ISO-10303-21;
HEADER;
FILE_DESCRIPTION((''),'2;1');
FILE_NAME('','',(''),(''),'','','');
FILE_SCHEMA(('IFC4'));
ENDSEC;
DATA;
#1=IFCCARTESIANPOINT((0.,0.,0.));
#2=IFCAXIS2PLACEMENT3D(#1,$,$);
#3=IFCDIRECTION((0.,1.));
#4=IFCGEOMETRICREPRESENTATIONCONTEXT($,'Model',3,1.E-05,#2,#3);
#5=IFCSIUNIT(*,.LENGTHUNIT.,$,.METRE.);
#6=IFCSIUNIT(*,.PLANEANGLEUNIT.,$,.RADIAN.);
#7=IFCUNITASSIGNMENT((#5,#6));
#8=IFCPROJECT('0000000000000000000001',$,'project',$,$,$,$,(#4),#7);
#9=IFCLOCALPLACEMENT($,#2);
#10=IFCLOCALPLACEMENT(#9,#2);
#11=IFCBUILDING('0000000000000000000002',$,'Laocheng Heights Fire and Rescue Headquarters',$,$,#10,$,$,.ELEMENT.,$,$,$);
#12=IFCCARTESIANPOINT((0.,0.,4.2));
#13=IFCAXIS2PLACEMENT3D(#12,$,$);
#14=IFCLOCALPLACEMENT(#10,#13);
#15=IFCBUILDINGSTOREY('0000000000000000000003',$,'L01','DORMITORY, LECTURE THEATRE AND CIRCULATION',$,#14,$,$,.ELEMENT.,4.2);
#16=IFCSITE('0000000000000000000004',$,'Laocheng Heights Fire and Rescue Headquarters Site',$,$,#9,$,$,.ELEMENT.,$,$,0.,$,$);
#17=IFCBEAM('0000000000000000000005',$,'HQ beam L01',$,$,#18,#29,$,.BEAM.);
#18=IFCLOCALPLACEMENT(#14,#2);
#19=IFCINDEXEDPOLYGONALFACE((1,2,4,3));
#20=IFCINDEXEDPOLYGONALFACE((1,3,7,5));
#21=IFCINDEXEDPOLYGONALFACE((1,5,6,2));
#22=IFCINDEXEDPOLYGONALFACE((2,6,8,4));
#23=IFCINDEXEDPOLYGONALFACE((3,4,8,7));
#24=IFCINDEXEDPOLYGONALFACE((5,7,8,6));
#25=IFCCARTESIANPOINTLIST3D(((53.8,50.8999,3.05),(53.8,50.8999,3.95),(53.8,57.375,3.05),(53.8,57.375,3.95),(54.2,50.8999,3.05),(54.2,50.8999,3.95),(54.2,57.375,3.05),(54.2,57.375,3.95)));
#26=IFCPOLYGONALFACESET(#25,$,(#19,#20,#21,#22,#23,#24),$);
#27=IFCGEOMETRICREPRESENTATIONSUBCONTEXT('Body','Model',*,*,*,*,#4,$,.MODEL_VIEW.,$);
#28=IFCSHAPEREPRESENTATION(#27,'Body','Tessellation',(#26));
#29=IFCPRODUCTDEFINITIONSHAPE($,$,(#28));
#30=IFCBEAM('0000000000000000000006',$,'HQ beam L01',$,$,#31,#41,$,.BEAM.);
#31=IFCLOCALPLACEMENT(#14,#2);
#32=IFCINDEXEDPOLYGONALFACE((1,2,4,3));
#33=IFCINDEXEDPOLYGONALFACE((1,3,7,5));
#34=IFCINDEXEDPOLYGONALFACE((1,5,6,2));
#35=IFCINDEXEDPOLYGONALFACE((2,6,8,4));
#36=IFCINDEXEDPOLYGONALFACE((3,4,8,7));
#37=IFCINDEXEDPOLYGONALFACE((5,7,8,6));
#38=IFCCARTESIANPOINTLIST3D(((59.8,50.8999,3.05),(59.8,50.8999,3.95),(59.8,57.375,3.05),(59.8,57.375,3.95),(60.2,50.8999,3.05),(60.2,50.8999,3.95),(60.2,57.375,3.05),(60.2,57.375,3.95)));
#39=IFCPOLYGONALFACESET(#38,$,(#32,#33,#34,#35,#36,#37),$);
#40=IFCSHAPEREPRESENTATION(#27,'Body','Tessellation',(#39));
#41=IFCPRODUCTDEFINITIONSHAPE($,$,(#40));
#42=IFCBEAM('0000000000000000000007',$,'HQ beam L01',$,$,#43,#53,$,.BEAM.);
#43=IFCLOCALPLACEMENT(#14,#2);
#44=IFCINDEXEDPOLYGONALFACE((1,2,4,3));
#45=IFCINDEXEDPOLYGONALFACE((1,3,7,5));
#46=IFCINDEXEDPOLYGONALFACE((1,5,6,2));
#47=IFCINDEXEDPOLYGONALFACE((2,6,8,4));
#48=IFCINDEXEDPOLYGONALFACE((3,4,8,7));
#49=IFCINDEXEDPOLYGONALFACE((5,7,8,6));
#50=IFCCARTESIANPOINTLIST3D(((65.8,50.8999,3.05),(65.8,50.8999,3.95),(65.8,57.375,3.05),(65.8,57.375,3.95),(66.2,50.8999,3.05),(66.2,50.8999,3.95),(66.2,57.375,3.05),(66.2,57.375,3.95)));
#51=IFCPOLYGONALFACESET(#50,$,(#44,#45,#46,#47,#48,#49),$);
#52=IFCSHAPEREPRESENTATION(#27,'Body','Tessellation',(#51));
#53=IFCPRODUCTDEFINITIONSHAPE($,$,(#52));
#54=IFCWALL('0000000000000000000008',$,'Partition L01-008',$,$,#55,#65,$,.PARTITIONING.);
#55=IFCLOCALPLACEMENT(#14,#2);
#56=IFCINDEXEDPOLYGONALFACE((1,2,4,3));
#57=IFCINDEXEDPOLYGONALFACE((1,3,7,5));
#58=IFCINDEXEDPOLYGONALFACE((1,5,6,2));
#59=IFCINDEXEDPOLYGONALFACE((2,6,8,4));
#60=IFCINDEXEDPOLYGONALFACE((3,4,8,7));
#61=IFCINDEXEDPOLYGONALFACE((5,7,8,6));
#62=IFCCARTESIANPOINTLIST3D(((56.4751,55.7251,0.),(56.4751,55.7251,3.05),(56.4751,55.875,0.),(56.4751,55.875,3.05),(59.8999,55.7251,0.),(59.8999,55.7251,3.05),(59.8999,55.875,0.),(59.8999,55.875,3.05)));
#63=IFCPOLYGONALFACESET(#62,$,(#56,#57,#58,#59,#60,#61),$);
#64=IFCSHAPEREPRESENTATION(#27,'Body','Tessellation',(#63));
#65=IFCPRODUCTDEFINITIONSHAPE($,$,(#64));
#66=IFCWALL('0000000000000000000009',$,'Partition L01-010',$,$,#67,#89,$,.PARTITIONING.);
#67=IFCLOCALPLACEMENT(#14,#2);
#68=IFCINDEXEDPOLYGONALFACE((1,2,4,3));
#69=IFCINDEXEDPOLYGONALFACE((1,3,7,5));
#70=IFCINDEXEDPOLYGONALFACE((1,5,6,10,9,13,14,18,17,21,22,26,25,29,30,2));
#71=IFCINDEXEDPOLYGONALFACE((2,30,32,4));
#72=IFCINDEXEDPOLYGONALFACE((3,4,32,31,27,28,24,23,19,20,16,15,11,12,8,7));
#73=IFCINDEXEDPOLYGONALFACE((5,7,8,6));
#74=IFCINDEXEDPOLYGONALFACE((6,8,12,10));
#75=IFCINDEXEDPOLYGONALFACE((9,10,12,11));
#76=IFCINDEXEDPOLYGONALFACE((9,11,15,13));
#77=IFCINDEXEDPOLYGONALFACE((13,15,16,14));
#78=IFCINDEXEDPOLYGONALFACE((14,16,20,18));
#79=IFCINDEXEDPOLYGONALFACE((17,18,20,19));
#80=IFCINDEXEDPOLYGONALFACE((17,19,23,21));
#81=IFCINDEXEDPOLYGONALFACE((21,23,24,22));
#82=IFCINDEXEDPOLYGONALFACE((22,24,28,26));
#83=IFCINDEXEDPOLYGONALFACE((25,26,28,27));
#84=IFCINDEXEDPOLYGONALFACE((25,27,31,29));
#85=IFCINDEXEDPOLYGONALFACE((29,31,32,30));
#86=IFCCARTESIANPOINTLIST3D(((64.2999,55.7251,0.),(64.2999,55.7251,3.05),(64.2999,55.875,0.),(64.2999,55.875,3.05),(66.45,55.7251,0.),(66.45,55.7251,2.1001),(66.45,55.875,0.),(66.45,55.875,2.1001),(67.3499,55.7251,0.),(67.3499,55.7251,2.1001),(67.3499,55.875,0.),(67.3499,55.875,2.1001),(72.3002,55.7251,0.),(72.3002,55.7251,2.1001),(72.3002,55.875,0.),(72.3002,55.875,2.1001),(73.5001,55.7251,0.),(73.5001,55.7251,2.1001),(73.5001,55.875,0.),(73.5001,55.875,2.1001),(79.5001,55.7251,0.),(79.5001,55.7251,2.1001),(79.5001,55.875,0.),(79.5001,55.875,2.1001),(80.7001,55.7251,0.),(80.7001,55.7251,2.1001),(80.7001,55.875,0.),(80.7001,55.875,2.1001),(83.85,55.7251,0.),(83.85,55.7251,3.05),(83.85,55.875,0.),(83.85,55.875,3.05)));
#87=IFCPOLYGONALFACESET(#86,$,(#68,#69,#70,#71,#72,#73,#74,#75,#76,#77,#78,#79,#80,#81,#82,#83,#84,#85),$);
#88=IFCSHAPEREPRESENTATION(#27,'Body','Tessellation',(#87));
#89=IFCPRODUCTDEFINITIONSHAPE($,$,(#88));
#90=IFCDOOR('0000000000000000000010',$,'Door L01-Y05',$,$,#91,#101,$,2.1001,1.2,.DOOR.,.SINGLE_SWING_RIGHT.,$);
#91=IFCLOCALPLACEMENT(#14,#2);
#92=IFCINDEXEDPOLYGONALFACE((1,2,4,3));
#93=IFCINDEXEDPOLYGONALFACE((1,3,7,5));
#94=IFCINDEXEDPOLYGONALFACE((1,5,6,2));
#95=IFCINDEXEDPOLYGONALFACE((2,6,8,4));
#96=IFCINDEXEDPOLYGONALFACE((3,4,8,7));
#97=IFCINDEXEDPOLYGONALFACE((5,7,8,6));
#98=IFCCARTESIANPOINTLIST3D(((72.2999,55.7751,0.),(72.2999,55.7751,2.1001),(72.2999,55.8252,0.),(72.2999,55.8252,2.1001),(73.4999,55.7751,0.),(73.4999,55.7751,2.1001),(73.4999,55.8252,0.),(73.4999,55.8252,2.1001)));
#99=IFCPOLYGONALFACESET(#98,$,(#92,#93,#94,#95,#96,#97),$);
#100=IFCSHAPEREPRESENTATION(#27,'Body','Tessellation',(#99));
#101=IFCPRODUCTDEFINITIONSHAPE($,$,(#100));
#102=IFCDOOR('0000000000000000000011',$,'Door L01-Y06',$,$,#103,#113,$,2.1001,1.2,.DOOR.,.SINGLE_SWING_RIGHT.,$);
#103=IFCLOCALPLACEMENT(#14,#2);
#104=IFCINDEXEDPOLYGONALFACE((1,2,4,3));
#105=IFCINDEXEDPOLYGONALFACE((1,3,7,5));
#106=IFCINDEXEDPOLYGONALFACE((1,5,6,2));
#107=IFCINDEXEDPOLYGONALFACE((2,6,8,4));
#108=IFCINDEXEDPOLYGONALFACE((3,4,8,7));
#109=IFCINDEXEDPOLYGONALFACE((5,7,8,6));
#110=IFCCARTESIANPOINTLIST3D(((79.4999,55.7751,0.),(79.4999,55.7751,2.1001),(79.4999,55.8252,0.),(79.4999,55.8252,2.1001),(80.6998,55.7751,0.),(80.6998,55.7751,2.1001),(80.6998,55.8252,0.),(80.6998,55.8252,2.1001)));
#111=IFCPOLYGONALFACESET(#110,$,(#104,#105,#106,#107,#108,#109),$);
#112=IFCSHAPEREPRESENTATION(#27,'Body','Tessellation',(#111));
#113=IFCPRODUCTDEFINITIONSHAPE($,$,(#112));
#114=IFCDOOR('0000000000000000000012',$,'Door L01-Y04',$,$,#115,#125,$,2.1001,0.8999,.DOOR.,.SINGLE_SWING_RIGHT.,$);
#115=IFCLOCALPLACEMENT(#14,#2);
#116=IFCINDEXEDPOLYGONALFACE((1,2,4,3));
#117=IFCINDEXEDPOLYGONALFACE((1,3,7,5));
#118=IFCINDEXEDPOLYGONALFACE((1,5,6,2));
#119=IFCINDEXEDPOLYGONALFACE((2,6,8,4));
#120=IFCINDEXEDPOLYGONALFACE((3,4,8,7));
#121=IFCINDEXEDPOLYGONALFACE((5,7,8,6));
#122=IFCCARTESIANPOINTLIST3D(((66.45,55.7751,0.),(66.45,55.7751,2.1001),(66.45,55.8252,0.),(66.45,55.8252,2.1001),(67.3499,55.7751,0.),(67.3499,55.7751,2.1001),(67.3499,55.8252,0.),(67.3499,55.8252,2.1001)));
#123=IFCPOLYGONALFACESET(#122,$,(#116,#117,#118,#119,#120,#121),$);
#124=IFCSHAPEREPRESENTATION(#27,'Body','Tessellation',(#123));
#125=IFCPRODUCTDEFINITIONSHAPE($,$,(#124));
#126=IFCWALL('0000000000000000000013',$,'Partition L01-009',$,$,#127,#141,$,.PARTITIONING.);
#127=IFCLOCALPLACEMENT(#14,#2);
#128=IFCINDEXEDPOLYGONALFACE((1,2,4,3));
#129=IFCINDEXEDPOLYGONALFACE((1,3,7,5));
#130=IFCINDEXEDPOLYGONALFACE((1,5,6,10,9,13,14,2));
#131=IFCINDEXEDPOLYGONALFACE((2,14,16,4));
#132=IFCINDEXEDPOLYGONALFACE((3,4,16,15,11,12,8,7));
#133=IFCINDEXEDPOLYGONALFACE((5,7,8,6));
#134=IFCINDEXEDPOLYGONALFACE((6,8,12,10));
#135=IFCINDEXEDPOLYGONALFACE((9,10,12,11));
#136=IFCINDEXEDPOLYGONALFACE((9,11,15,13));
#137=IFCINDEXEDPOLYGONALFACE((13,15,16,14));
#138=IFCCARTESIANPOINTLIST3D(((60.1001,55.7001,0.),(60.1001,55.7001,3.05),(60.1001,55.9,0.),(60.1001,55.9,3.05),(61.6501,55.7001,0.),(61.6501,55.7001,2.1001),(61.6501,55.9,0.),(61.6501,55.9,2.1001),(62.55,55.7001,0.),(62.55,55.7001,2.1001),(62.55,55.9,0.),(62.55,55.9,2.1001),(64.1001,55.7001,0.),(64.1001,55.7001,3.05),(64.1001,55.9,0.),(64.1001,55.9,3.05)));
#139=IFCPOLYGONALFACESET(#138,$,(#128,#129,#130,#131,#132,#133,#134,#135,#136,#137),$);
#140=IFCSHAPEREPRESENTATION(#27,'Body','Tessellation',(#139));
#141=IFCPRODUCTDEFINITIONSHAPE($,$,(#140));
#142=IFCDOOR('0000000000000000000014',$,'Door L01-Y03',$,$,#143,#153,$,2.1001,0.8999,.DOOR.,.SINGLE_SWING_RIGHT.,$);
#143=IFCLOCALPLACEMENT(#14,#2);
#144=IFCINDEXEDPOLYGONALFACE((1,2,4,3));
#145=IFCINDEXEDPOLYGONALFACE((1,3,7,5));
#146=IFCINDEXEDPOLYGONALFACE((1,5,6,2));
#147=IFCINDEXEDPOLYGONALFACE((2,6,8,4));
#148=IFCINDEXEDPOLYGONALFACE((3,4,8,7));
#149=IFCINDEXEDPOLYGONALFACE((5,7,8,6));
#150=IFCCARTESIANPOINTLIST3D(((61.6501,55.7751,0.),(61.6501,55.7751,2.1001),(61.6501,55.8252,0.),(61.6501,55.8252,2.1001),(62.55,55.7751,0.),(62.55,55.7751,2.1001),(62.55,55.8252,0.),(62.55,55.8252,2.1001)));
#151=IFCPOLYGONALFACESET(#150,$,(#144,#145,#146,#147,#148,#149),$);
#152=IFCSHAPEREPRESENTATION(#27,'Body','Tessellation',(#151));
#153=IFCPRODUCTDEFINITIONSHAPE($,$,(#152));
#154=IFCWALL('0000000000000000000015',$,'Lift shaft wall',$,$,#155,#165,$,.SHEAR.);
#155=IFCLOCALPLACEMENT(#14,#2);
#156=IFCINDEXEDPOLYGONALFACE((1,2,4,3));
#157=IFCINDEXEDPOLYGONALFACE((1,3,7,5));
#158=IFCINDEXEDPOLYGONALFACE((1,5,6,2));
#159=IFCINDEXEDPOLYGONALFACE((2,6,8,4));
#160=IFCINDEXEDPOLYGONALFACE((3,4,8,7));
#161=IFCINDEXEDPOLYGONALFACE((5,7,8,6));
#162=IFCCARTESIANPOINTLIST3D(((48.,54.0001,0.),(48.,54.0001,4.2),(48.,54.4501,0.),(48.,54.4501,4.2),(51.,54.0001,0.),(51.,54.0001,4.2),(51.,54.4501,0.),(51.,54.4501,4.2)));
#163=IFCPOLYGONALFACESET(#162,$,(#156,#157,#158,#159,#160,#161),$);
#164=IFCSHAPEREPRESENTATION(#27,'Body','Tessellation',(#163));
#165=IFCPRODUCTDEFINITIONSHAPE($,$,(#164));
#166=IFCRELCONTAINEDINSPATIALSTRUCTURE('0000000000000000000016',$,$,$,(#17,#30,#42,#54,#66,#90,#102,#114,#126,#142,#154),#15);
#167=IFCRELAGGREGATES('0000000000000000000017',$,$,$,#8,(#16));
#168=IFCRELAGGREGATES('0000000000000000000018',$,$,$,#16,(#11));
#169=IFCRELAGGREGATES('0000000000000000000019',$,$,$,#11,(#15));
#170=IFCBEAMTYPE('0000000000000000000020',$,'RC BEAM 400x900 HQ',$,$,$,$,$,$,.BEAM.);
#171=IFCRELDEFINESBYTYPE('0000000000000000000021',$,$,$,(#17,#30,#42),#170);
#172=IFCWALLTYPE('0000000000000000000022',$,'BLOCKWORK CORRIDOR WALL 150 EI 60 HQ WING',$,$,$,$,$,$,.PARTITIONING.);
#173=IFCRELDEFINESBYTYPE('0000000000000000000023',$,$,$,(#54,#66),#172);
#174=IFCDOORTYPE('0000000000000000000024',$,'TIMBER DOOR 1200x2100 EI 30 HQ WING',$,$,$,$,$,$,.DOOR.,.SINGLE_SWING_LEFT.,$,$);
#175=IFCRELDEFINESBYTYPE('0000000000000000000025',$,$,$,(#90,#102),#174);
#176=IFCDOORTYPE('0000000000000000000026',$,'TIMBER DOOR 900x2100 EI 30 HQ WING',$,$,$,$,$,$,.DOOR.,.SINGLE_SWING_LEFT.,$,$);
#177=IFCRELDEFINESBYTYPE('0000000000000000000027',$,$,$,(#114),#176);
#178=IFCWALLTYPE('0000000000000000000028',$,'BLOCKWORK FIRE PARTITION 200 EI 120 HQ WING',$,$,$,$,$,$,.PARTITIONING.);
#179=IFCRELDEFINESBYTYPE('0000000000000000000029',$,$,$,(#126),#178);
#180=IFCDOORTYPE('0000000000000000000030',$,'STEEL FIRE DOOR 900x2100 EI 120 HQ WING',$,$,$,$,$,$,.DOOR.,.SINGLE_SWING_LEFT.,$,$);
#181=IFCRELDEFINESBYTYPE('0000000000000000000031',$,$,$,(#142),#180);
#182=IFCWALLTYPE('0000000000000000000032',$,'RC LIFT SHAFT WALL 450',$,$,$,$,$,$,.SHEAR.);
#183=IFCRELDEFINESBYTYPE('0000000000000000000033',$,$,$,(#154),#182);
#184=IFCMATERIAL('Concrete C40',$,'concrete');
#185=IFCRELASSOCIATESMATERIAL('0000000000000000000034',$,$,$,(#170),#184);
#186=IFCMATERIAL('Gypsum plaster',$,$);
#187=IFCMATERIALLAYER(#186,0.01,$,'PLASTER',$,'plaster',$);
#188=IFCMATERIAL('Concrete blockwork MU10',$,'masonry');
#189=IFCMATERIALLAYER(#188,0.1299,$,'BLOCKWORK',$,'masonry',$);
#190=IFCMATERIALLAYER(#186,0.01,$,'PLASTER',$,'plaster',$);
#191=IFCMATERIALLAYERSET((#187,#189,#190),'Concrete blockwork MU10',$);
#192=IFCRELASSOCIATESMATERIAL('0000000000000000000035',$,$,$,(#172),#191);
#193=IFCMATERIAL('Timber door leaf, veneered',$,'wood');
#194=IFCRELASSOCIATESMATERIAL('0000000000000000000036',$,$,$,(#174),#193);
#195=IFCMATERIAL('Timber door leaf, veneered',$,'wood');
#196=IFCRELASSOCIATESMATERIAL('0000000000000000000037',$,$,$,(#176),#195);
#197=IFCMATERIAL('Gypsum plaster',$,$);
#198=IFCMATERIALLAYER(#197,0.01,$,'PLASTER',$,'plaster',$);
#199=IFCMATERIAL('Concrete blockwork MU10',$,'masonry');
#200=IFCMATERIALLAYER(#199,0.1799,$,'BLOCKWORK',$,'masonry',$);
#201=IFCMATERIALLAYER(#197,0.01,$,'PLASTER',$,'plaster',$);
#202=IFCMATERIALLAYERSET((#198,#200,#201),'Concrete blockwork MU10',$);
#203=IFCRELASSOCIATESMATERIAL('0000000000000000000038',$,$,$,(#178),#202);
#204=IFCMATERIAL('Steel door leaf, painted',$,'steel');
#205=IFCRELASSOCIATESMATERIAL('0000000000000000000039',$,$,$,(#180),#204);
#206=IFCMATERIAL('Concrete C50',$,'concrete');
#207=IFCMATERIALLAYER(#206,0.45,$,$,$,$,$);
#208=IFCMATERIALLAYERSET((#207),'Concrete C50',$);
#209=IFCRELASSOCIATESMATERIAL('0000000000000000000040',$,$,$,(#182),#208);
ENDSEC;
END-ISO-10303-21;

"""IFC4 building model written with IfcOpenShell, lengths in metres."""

from ifc_helpers import new_model, si_unit, direction, frame, frame_2d, origin, origin_2d, place, context, subcontext, project, spatial, rectangle, extrude, material, layer, layer_set, material_profile, profile_set, type_object, element, fill, save


model = new_model("IFC4")

# Units and contexts
model_context = context("Model", 3, precision=1e-05, world=origin(), true_north=direction((0.0, 1.0)))
body_context = subcontext(model_context, "Body", "Model", "MODEL_VIEW")
ifc_project = project(units=[si_unit("LENGTHUNIT", "METRE"), si_unit("PLANEANGLEUNIT", "RADIAN")], contexts=[model_context])

# Site, building, storey
site_placement = place(None, origin())
site = spatial("IfcSite", under=ifc_project, at=site_placement, Name="Laocheng Heights Fire and Rescue Headquarters Site", CompositionType="ELEMENT", RefElevation=0.0)
building_placement = place(site_placement, origin())
building = spatial("IfcBuilding", under=site, at=building_placement, Name="Laocheng Heights Fire and Rescue Headquarters", CompositionType="ELEMENT")
storey_placement = place(building_placement, frame((0.0, 0.0, 4.2)))
storey = spatial("IfcBuildingStorey", under=building, at=storey_placement, Name="L01", Description="DORMITORY, LECTURE THEATRE AND CIRCULATION", CompositionType="ELEMENT", Elevation=4.2)

# Beams
ifc_material_1 = material(Name="Concrete C40", Category="concrete")
ifc_material_profile = material_profile(ifc_material_1, rectangle(XDim=0.3999, YDim=0.8999, at=origin_2d()), Name="RC BEAM 400x900 HQ")
ifc_profile_set = profile_set([ifc_material_profile], Name="Concrete C40")
beam_type = type_object("IfcBeamType", Name="RC BEAM 400x900 HQ", PredefinedType="BEAM", material=ifc_profile_set)
for number, where, z_axis, x_axis, name in (
    (1, (54.0, 50.8999, 3.5), (0.0, 1.0, 0.0), (-1.0, 0.0, 0.0), "HQ beam L01"),
    (2, (60.0, 50.8999, 3.5), (0.0, 1.0, 0.0), (-1.0, 0.0, 0.0), "HQ beam L01"),
    (3, (66.0, 50.8999, 3.5), (0.0, 1.0, 0.0), (-1.0, 0.0, 0.0), "HQ beam L01"),
):
    element("IfcBeam", number, at=place(storey_placement, frame(where, z_axis=z_axis, x_axis=x_axis)), inside=storey, type_object=beam_type, Name=name, PredefinedType="BEAM", context=body_context, shape_type="SweptSolid", body=[
        extrude(rectangle(XDim=0.3999, YDim=0.8999, at=origin_2d()), origin(), (0.0, 0.0, 1.0), 6.4751),
    ])

# Wall
ifc_material_2 = material(Name="Gypsum plaster")
ifc_layer_1 = layer(ifc_material_2, 0.01, Name="PLASTER", Category="plaster")
ifc_material_3 = material(Name="Concrete blockwork MU10", Category="masonry")
ifc_layer_2 = layer(ifc_material_3, 0.1299, Name="BLOCKWORK", Category="masonry")
ifc_layer_3 = layer(ifc_material_2, 0.01, Name="PLASTER", Category="plaster")
ifc_layer_set_1 = layer_set([ifc_layer_1, ifc_layer_2, ifc_layer_3], Name="Concrete blockwork MU10")
wall_type_1 = type_object("IfcWallType", Name="BLOCKWORK CORRIDOR WALL 150 EI 60 HQ WING", PredefinedType="PARTITIONING", material=ifc_layer_set_1)
wall_1_placement = place(storey_placement, frame((56.4751, 55.8, 0.0), z_axis=(0.0, 0.0, 1.0), x_axis=(1.0, 0.0, 0.0)))
element("IfcWall", 4, at=wall_1_placement, inside=storey, type_object=wall_type_1, Name="Partition L01-008", PredefinedType="PARTITIONING", context=body_context, shape_type="SweptSolid", body=[
    extrude(rectangle(XDim=3.4248, YDim=0.1499, at=frame_2d((1.7124, 0.0))), origin(), (0.0, 0.0, 1.0), 3.05),
])

# Wall, openings, doors
wall_2_placement = place(storey_placement, frame((64.3, 55.8, 0.0), z_axis=(0.0, 0.0, 1.0), x_axis=(1.0, 0.0, 0.0)))
wall_2 = element("IfcWall", 5, at=wall_2_placement, inside=storey, type_object=wall_type_1, Name="Partition L01-010", PredefinedType="PARTITIONING", context=body_context, shape_type="SweptSolid", body=[
    extrude(rectangle(XDim=19.55, YDim=0.1499, at=frame_2d((9.7749, 0.0))), origin(), (0.0, 0.0, 1.0), 3.05),
])
opening_1_placement = place(wall_2_placement, frame((2.1499, 0.0, 0.0)))
opening_1 = element("IfcOpeningElement", 6, at=opening_1_placement, cuts=wall_2, PredefinedType="OPENING", context=body_context, shape_type="SweptSolid", body=[
    extrude(rectangle(XDim=0.8999, YDim=2.1001, at=frame_2d((0.45, 1.05))), frame((0.0, 0.085, 0.0), z_axis=(0.0, -1.0, 0.0), x_axis=(1.0, 0.0, 0.0)), (0.0, 0.0, 1.0), 0.1699),
])
opening_2_placement = place(wall_2_placement, frame((8.0, 0.0, 0.0)))
opening_2 = element("IfcOpeningElement", 7, at=opening_2_placement, cuts=wall_2, PredefinedType="OPENING", context=body_context, shape_type="SweptSolid", body=[
    extrude(rectangle(XDim=1.2, YDim=2.1001, at=frame_2d((0.6001, 1.05))), frame((0.0, 0.085, 0.0), z_axis=(0.0, -1.0, 0.0), x_axis=(1.0, 0.0, 0.0)), (0.0, 0.0, 1.0), 0.1699),
])
opening_3_placement = place(wall_2_placement, frame((15.2, 0.0, 0.0)))
opening_3 = element("IfcOpeningElement", 8, at=opening_3_placement, cuts=wall_2, PredefinedType="OPENING", context=body_context, shape_type="SweptSolid", body=[
    extrude(rectangle(XDim=1.2, YDim=2.1001, at=frame_2d((0.6001, 1.05))), frame((0.0, 0.085, 0.0), z_axis=(0.0, -1.0, 0.0), x_axis=(1.0, 0.0, 0.0)), (0.0, 0.0, 1.0), 0.1699),
])
ifc_material_4 = material(Name="Timber door leaf, veneered", Category="wood")
door_type_1 = type_object("IfcDoorType", Name="TIMBER DOOR 1200x2100 EI 30 HQ WING", OperationType="SINGLE_SWING_LEFT", PredefinedType="DOOR", material=ifc_material_4)
door_1_placement = place(opening_2_placement, frame((1.2, 0.0, 0.0), z_axis=(0.0, 0.0, 1.0), x_axis=(-1.0, 0.0, 0.0)))
door_1 = element("IfcDoor", 9, at=door_1_placement, inside=storey, type_object=door_type_1, Name="Door L01-Y05", OperationType="SINGLE_SWING_RIGHT", OverallHeight=2.1001, OverallWidth=1.2, PredefinedType="DOOR", context=body_context, shape_type="SweptSolid", body=[
    extrude(rectangle(XDim=1.2, YDim=2.1001, at=frame_2d((0.6001, 1.05))), frame((0.0, 0.0249, 0.0), z_axis=(0.0, -1.0, 0.0), x_axis=(1.0, 0.0, 0.0)), (0.0, 0.0, 1.0), 0.05),
])
fill(opening_2, door_1)
door_2_placement = place(opening_3_placement, frame((1.2, 0.0, 0.0), z_axis=(0.0, 0.0, 1.0), x_axis=(-1.0, 0.0, 0.0)))
door_2 = element("IfcDoor", 10, at=door_2_placement, inside=storey, type_object=door_type_1, Name="Door L01-Y06", OperationType="SINGLE_SWING_RIGHT", OverallHeight=2.1001, OverallWidth=1.2, PredefinedType="DOOR", context=body_context, shape_type="SweptSolid", body=[
    extrude(rectangle(XDim=1.2, YDim=2.1001, at=frame_2d((0.6001, 1.05))), frame((0.0, 0.0249, 0.0), z_axis=(0.0, -1.0, 0.0), x_axis=(1.0, 0.0, 0.0)), (0.0, 0.0, 1.0), 0.05),
])
fill(opening_3, door_2)
ifc_material_5 = material(Name="Timber door leaf, veneered", Category="wood")
door_type_2 = type_object("IfcDoorType", Name="TIMBER DOOR 900x2100 EI 30 HQ WING", OperationType="SINGLE_SWING_LEFT", PredefinedType="DOOR", material=ifc_material_5)
door_3_placement = place(opening_1_placement, frame((0.8999, 0.0, 0.0), z_axis=(0.0, 0.0, 1.0), x_axis=(-1.0, 0.0, 0.0)))
door_3 = element("IfcDoor", 11, at=door_3_placement, inside=storey, type_object=door_type_2, Name="Door L01-Y04", OperationType="SINGLE_SWING_RIGHT", OverallHeight=2.1001, OverallWidth=0.8999, PredefinedType="DOOR", context=body_context, shape_type="SweptSolid", body=[
    extrude(rectangle(XDim=0.8999, YDim=2.1001, at=frame_2d((0.45, 1.05))), frame((0.0, 0.0249, 0.0), z_axis=(0.0, -1.0, 0.0), x_axis=(1.0, 0.0, 0.0)), (0.0, 0.0, 1.0), 0.05),
])
fill(opening_1, door_3)

# Wall, opening, door
ifc_material_6 = material(Name="Gypsum plaster")
ifc_layer_4 = layer(ifc_material_6, 0.01, Name="PLASTER", Category="plaster")
ifc_material_7 = material(Name="Concrete blockwork MU10", Category="masonry")
ifc_layer_5 = layer(ifc_material_7, 0.1799, Name="BLOCKWORK", Category="masonry")
ifc_layer_6 = layer(ifc_material_6, 0.01, Name="PLASTER", Category="plaster")
ifc_layer_set_2 = layer_set([ifc_layer_4, ifc_layer_5, ifc_layer_6], Name="Concrete blockwork MU10")
wall_type_2 = type_object("IfcWallType", Name="BLOCKWORK FIRE PARTITION 200 EI 120 HQ WING", PredefinedType="PARTITIONING", material=ifc_layer_set_2)
wall_3_placement = place(storey_placement, frame((60.1001, 55.8, 0.0), z_axis=(0.0, 0.0, 1.0), x_axis=(1.0, 0.0, 0.0)))
wall_3 = element("IfcWall", 12, at=wall_3_placement, inside=storey, type_object=wall_type_2, Name="Partition L01-009", PredefinedType="PARTITIONING", context=body_context, shape_type="SweptSolid", body=[
    extrude(rectangle(XDim=4.0, YDim=0.2, at=frame_2d((2.0, 0.0))), origin(), (0.0, 0.0, 1.0), 3.05),
])
opening_4_placement = place(wall_3_placement, frame((1.55, 0.0, 0.0)))
opening_4 = element("IfcOpeningElement", 13, at=opening_4_placement, cuts=wall_3, PredefinedType="OPENING", context=body_context, shape_type="SweptSolid", body=[
    extrude(rectangle(XDim=0.8999, YDim=2.1001, at=frame_2d((0.45, 1.05))), frame((0.0, 0.1099, 0.0), z_axis=(0.0, -1.0, 0.0), x_axis=(1.0, 0.0, 0.0)), (0.0, 0.0, 1.0), 0.22),
])
ifc_material_8 = material(Name="Steel door leaf, painted", Category="steel")
door_type_3 = type_object("IfcDoorType", Name="STEEL FIRE DOOR 900x2100 EI 120 HQ WING", OperationType="SINGLE_SWING_LEFT", PredefinedType="DOOR", material=ifc_material_8)
door_4_placement = place(opening_4_placement, frame((0.8999, 0.0, 0.0), z_axis=(0.0, 0.0, 1.0), x_axis=(-1.0, 0.0, 0.0)))
door_4 = element("IfcDoor", 14, at=door_4_placement, inside=storey, type_object=door_type_3, Name="Door L01-Y03", OperationType="SINGLE_SWING_RIGHT", OverallHeight=2.1001, OverallWidth=0.8999, PredefinedType="DOOR", context=body_context, shape_type="SweptSolid", body=[
    extrude(rectangle(XDim=0.8999, YDim=2.1001, at=frame_2d((0.45, 1.05))), frame((0.0, 0.0249, 0.0), z_axis=(0.0, -1.0, 0.0), x_axis=(1.0, 0.0, 0.0)), (0.0, 0.0, 1.0), 0.05),
])
fill(opening_4, door_4)

# Wall
ifc_material_9 = material(Name="Concrete C50", Category="concrete")
ifc_layer_7 = layer(ifc_material_9, 0.45)
ifc_layer_set_3 = layer_set([ifc_layer_7], Name="Concrete C50")
wall_type_3 = type_object("IfcWallType", Name="RC LIFT SHAFT WALL 450", PredefinedType="SHEAR", material=ifc_layer_set_3)
wall_4_placement = place(storey_placement, frame((48.0, 54.2251, 0.0), z_axis=(0.0, 0.0, 1.0), x_axis=(1.0, 0.0, 0.0)))
element("IfcWall", 15, at=wall_4_placement, inside=storey, type_object=wall_type_3, Name="Lift shaft wall", PredefinedType="SHEAR", context=body_context, shape_type="SweptSolid", body=[
    extrude(rectangle(XDim=3.0, YDim=0.45, at=frame_2d((1.5, 0.0))), origin(), (0.0, 0.0, 1.0), 4.2),
])

save(model, "model.ifc")
